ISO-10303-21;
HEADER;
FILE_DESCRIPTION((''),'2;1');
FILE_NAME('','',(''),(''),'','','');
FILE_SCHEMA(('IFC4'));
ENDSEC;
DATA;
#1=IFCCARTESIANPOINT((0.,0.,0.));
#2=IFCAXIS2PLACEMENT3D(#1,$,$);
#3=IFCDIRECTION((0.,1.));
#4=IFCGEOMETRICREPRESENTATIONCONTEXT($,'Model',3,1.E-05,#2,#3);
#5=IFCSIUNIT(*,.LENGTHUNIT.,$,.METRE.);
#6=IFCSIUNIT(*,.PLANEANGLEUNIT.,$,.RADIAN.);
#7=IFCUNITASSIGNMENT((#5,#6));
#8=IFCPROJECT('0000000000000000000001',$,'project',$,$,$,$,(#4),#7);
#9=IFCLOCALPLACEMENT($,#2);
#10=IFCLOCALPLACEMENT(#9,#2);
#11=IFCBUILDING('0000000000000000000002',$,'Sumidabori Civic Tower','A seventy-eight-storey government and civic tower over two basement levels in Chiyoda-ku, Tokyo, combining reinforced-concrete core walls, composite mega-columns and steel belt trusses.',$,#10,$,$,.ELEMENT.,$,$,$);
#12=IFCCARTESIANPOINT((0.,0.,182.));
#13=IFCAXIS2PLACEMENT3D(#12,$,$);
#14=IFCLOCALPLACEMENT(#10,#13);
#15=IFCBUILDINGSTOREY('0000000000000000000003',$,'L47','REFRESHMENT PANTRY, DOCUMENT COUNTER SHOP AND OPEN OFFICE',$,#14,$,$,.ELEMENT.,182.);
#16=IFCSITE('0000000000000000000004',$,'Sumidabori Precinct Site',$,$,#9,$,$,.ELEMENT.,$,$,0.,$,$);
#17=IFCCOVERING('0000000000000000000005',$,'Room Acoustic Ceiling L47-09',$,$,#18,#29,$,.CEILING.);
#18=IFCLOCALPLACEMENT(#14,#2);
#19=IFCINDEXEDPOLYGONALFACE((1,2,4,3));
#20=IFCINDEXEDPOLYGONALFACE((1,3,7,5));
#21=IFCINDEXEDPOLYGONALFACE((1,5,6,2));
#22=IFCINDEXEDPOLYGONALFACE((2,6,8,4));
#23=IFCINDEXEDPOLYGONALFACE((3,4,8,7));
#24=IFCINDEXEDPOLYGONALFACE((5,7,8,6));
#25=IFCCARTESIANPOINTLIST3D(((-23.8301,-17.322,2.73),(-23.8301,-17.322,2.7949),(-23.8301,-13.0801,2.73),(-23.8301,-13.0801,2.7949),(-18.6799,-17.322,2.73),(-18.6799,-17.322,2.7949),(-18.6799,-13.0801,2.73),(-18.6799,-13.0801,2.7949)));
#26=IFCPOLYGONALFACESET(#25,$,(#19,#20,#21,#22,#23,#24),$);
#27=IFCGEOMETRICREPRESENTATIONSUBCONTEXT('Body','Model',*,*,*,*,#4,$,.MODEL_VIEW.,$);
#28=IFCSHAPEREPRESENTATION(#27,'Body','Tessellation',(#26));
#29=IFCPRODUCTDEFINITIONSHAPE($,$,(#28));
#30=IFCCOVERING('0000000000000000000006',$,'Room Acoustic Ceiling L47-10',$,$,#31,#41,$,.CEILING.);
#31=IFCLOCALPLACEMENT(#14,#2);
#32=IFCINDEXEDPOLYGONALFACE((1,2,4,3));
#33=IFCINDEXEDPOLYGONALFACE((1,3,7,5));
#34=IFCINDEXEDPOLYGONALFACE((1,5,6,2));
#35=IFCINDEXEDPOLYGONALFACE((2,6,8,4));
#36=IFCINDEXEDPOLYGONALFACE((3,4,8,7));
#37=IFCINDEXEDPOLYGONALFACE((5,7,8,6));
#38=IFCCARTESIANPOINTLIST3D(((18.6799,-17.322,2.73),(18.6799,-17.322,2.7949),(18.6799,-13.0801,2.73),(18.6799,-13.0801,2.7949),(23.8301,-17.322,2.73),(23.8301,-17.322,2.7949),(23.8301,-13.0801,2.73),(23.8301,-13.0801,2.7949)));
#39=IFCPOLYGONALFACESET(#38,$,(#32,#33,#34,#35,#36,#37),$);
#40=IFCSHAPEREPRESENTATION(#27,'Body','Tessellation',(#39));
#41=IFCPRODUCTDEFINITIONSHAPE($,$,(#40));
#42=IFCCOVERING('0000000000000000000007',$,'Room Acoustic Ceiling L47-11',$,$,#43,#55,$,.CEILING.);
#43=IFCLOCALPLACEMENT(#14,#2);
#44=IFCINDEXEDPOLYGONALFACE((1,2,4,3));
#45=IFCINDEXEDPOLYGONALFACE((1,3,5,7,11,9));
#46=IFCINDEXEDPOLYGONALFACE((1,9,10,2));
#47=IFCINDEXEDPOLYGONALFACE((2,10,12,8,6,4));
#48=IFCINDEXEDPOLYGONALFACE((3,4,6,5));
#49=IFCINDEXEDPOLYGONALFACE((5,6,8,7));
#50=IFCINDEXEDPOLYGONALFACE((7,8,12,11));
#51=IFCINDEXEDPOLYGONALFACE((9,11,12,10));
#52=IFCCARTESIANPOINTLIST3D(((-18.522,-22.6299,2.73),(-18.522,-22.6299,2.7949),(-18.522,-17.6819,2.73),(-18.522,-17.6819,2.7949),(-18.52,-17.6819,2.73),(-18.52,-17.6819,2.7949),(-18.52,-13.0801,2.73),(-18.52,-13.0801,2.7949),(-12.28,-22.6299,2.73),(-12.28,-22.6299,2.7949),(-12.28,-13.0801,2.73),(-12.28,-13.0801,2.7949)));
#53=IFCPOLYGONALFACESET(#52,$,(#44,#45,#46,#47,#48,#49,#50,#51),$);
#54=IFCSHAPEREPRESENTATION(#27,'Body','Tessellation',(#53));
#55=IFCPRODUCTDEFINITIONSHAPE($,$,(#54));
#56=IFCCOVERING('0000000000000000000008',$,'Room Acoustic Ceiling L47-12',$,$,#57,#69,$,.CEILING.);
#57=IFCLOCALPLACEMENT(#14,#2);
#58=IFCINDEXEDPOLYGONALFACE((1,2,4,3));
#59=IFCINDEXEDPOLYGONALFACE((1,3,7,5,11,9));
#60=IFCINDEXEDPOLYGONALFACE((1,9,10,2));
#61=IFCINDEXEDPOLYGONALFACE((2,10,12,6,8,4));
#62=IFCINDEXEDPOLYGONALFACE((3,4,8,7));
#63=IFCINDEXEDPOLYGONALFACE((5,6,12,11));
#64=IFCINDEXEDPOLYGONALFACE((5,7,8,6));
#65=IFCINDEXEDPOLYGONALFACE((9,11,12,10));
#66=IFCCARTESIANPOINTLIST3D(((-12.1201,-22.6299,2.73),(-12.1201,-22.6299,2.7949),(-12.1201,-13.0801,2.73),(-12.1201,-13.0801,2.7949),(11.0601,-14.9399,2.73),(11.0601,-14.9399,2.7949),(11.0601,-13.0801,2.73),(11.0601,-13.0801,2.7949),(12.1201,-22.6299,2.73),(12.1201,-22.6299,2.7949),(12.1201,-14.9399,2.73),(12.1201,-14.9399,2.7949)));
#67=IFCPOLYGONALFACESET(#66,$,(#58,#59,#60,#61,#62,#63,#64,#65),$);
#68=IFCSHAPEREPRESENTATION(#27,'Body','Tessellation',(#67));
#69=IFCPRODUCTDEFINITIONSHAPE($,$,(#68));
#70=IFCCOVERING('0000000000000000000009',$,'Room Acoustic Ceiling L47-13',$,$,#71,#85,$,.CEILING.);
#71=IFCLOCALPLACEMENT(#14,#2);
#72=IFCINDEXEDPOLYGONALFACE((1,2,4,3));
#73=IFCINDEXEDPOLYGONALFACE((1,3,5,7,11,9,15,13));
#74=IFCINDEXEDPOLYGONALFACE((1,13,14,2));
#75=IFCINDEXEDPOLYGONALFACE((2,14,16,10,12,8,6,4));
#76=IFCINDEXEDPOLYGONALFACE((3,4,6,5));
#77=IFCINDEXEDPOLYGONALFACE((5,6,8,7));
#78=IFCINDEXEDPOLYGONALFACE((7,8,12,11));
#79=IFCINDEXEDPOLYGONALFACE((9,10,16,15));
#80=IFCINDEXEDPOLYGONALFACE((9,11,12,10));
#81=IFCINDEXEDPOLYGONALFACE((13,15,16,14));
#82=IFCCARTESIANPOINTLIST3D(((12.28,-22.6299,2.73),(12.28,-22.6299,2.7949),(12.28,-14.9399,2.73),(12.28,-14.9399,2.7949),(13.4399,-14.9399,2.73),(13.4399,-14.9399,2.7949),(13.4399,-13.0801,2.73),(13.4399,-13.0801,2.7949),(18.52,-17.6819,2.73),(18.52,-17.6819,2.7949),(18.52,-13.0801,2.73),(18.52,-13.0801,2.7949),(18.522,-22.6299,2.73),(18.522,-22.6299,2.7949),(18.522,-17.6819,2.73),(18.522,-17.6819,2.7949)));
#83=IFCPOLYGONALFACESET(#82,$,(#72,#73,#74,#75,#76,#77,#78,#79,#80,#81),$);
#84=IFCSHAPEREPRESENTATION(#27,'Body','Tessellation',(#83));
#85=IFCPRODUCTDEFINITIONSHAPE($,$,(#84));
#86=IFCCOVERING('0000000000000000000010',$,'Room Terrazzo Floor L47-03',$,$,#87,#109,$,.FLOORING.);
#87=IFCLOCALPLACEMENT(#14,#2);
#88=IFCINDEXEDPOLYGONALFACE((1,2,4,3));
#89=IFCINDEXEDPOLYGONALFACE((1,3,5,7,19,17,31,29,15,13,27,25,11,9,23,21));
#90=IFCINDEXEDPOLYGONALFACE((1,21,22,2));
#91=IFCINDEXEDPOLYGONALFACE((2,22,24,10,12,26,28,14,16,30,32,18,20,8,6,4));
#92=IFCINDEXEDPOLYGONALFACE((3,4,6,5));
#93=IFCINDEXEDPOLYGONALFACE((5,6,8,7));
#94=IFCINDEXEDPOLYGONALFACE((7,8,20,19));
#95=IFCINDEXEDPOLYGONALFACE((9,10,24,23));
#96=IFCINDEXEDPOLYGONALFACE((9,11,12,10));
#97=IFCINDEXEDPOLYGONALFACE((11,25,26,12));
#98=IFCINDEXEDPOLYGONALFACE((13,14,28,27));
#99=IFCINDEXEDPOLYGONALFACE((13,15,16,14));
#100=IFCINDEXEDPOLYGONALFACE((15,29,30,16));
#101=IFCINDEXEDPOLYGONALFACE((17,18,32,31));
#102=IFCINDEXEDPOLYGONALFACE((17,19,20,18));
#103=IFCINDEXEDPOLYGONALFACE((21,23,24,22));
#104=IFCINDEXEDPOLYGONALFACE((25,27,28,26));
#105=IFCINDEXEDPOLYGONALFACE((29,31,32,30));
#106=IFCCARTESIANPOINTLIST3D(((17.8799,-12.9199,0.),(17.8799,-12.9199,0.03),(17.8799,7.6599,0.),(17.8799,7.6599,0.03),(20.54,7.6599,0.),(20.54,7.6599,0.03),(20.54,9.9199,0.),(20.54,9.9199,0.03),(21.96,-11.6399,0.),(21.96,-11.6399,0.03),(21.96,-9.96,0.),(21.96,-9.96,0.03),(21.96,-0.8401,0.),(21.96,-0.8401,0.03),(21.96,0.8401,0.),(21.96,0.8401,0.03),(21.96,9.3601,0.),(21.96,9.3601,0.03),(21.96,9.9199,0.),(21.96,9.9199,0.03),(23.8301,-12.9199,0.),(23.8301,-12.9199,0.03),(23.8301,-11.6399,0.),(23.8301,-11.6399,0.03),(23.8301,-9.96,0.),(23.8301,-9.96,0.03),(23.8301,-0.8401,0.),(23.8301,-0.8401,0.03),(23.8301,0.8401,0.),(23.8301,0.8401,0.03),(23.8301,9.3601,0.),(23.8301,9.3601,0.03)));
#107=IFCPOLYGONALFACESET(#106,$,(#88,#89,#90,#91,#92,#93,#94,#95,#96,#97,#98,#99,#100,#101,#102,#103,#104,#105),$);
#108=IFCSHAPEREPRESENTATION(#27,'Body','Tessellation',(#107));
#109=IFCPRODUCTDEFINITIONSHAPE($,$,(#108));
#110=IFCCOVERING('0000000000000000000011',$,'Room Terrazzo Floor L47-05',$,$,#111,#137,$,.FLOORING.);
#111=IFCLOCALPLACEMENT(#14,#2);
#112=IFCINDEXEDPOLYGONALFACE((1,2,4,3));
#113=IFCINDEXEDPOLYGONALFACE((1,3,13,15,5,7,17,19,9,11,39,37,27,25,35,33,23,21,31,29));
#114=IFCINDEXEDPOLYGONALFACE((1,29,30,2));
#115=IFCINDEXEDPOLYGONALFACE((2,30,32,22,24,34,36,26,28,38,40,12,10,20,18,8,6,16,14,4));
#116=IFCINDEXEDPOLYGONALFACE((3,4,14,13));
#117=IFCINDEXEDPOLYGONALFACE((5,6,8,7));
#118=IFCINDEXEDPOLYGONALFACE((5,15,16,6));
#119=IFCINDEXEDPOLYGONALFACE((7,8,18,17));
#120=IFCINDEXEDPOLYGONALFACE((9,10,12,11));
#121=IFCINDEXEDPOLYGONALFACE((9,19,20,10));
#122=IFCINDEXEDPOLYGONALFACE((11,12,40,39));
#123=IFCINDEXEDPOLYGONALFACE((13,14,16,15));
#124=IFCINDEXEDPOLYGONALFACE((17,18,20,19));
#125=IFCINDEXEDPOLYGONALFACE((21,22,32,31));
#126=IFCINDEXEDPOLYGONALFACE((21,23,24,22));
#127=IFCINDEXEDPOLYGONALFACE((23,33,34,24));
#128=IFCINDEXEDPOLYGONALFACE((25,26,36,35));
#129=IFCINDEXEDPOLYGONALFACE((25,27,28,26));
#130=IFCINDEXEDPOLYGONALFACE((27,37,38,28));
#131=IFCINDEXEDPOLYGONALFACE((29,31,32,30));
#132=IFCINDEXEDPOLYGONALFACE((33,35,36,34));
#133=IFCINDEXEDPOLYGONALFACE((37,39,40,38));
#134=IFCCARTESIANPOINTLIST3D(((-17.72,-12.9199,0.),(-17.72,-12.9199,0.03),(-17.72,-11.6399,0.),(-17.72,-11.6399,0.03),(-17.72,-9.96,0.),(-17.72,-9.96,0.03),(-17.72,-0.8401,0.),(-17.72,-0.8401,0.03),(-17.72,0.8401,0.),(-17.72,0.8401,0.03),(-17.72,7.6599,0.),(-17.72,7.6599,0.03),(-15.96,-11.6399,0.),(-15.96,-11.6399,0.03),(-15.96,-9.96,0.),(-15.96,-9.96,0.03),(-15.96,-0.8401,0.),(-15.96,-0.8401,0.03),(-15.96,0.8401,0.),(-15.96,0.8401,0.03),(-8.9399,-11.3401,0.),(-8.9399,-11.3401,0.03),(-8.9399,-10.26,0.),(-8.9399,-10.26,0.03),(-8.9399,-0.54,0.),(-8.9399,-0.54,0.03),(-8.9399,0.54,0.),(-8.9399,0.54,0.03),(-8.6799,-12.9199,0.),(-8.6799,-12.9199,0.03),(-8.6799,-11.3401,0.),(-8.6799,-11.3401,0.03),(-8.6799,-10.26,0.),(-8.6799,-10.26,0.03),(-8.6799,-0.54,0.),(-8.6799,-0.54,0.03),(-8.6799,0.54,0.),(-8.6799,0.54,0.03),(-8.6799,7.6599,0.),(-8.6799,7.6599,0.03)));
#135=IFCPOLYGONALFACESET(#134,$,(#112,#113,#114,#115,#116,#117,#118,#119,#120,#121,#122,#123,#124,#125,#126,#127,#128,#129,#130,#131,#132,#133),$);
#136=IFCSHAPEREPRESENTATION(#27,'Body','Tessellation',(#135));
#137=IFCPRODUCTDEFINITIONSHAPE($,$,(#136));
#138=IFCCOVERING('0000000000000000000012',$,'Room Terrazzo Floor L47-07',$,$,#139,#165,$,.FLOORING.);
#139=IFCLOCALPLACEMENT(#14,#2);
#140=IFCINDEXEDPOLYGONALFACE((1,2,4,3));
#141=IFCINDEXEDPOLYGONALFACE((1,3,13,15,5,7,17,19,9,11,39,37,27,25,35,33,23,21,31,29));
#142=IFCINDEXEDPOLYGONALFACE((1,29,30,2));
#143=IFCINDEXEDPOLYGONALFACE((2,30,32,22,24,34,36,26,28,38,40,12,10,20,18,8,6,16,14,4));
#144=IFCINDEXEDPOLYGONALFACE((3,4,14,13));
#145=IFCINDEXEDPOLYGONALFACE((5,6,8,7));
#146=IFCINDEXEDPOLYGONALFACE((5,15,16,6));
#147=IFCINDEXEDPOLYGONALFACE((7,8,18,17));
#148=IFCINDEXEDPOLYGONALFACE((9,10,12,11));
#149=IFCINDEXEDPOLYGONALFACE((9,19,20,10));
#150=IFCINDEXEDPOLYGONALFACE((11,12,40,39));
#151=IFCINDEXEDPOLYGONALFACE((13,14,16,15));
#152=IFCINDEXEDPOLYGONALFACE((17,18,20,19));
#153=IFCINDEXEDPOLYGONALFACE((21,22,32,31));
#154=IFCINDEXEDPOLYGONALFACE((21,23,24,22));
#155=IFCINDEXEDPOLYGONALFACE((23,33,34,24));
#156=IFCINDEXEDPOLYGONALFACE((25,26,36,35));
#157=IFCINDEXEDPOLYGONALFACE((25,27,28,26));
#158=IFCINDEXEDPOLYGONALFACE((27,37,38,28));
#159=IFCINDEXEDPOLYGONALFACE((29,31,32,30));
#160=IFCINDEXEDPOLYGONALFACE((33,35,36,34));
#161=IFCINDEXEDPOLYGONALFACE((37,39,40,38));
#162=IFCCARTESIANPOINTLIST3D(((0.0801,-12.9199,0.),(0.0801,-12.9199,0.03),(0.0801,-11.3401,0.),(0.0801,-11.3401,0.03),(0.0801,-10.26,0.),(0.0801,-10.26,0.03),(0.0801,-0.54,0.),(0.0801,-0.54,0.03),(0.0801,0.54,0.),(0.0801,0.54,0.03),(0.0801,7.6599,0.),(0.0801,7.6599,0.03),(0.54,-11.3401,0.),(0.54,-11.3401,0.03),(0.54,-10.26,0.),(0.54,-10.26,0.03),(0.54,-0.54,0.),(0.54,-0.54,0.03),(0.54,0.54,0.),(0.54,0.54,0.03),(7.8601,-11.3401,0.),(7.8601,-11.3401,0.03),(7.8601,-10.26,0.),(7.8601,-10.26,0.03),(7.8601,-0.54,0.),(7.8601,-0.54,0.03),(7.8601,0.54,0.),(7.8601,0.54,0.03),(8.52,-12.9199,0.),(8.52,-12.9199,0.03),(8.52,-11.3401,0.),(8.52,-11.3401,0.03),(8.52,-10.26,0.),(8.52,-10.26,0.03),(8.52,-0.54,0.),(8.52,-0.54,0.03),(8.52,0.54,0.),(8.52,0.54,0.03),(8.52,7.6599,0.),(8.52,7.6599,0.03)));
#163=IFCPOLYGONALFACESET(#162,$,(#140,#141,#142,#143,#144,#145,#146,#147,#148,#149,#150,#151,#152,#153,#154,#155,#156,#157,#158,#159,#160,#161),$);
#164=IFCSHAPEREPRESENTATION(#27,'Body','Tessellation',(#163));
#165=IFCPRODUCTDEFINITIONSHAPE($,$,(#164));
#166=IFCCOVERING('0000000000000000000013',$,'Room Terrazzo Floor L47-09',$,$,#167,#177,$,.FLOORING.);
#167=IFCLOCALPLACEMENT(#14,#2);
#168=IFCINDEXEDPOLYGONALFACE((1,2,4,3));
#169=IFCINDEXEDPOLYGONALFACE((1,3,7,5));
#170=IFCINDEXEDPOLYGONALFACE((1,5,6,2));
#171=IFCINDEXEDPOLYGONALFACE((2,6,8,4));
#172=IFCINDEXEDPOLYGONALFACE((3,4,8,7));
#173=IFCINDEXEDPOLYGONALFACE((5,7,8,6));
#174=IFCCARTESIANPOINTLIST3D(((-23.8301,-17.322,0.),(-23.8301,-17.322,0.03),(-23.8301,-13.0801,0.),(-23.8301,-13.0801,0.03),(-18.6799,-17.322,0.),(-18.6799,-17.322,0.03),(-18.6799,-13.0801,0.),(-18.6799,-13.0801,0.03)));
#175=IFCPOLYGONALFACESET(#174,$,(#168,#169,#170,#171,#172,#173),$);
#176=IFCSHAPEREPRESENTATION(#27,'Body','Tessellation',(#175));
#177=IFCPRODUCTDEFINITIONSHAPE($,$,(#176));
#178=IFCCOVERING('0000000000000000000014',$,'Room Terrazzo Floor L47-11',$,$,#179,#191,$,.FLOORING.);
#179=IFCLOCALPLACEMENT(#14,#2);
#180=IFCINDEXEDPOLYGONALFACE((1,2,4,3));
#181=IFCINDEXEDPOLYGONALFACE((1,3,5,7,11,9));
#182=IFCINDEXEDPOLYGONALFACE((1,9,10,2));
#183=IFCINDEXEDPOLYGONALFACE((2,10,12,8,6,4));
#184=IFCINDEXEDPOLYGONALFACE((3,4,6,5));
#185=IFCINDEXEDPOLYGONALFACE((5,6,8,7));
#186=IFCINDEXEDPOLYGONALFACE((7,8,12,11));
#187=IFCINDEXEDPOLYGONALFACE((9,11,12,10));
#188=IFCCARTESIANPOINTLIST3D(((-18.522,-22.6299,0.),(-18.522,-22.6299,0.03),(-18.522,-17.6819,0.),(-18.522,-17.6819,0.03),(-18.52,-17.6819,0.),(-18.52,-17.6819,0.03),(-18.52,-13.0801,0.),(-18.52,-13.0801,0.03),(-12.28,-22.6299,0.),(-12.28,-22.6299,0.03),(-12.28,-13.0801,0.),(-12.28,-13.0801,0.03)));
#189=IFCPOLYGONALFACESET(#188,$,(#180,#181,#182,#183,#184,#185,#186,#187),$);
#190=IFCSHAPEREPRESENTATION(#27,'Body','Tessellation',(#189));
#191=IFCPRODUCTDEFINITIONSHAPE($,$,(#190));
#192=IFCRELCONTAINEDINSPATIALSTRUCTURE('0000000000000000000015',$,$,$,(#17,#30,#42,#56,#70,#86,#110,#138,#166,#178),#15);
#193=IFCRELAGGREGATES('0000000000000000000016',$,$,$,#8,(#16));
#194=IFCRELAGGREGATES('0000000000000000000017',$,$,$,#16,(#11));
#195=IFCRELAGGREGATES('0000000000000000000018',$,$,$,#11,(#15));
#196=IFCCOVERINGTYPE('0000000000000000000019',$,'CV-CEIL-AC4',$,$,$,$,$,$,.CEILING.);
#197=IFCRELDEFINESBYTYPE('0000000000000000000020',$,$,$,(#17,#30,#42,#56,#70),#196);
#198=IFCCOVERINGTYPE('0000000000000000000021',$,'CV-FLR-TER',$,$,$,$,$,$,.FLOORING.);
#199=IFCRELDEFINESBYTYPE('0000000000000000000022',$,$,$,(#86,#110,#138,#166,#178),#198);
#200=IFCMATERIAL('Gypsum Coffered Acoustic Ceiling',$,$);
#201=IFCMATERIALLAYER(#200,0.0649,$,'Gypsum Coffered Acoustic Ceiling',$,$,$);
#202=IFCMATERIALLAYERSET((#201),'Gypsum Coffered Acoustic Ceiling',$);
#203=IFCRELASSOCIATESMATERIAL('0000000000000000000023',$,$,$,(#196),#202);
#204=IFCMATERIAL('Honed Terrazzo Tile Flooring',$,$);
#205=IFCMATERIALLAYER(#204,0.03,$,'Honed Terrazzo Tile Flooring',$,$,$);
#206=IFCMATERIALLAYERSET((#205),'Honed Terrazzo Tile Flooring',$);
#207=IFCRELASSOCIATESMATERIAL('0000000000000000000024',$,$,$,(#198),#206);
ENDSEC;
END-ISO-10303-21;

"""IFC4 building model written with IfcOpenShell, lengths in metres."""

from ifc_helpers import new_model, si_unit, direction, frame, origin, place, context, subcontext, project, spatial, polyline, outline, extrude, material, layer, layer_set, type_object, element, save


model = new_model("IFC4")

# Units and contexts
model_context = context("Model", 3, precision=1e-05, world=origin(), true_north=direction((0.0, 1.0)))
body_context = subcontext(model_context, "Body", "Model", "MODEL_VIEW")
ifc_project = project(units=[si_unit("LENGTHUNIT", "METRE"), si_unit("PLANEANGLEUNIT", "RADIAN")], contexts=[model_context])

# Site, building, storey
site_placement = place(None, origin())
site = spatial("IfcSite", under=ifc_project, at=site_placement, Name="Sumidabori Precinct Site", CompositionType="ELEMENT", RefElevation=0.0)
building_placement = place(site_placement, origin())
building = spatial("IfcBuilding", under=site, at=building_placement, Name="Sumidabori Civic Tower", Description="A seventy-eight-storey government and civic tower over two basement levels in Chiyoda-ku, Tokyo, combining reinforced-concrete core walls, composite mega-columns and steel belt trusses.", CompositionType="ELEMENT")
storey_placement = place(building_placement, frame((0.0, 0.0, 182.0)))
storey = spatial("IfcBuildingStorey", under=building, at=storey_placement, Name="L47", Description="REFRESHMENT PANTRY, DOCUMENT COUNTER SHOP AND OPEN OFFICE", CompositionType="ELEMENT", Elevation=182.0)

# Coverings
ifc_material_1 = material(Name="Gypsum Coffered Acoustic Ceiling")
ifc_layer_1 = layer(ifc_material_1, 0.0649, Name="Gypsum Coffered Acoustic Ceiling")
ifc_layer_set_1 = layer_set([ifc_layer_1], Name="Gypsum Coffered Acoustic Ceiling")
covering_type_1 = type_object("IfcCoveringType", Name="CV-CEIL-AC4", PredefinedType="CEILING", material=ifc_layer_set_1)
covering_1_placement = place(storey_placement, frame((0.0, 0.0, 2.73)))
element("IfcCovering", 1, at=covering_1_placement, inside=storey, type_object=covering_type_1, Name="Room Acoustic Ceiling L47-09", PredefinedType="CEILING", context=body_context, shape_type="SweptSolid", body=[
    extrude(outline(polyline([(-23.8301, -17.322), (-23.8301, -13.0801), (-18.6799, -13.0801), (-18.6799, -17.322), (-23.8301, -17.322)])), origin(), (0.0, 0.0, 1.0), 0.0649),
])
covering_2_placement = place(storey_placement, frame((0.0, 0.0, 2.73)))
element("IfcCovering", 2, at=covering_2_placement, inside=storey, type_object=covering_type_1, Name="Room Acoustic Ceiling L47-10", PredefinedType="CEILING", context=body_context, shape_type="SweptSolid", body=[
    extrude(outline(polyline([(23.8301, -13.0801), (23.8301, -17.322), (18.6799, -17.322), (18.6799, -13.0801), (23.8301, -13.0801)])), origin(), (0.0, 0.0, 1.0), 0.0649),
])
covering_3_placement = place(storey_placement, frame((0.0, 0.0, 2.73)))
element("IfcCovering", 3, at=covering_3_placement, inside=storey, type_object=covering_type_1, Name="Room Acoustic Ceiling L47-11", PredefinedType="CEILING", context=body_context, shape_type="SweptSolid", body=[
    extrude(outline(polyline([(-18.52, -17.6819), (-18.52, -13.0801), (-12.28, -13.0801), (-12.28, -22.6299), (-18.522, -22.6299), (-18.522, -17.6819), (-18.52, -17.6819)])), origin(), (0.0, 0.0, 1.0), 0.0649),
])
covering_4_placement = place(storey_placement, frame((0.0, 0.0, 2.73)))
element("IfcCovering", 4, at=covering_4_placement, inside=storey, type_object=covering_type_1, Name="Room Acoustic Ceiling L47-12", PredefinedType="CEILING", context=body_context, shape_type="SweptSolid", body=[
    extrude(outline(polyline([(-12.1201, -22.6299), (-12.1201, -13.0801), (11.0601, -13.0801), (11.0601, -14.9399), (12.1201, -14.9399), (12.1201, -22.6299), (-12.1201, -22.6299)])), origin(), (0.0, 0.0, 1.0), 0.0649),
])
covering_5_placement = place(storey_placement, frame((0.0, 0.0, 2.73)))
element("IfcCovering", 5, at=covering_5_placement, inside=storey, type_object=covering_type_1, Name="Room Acoustic Ceiling L47-13", PredefinedType="CEILING", context=body_context, shape_type="SweptSolid", body=[
    extrude(outline(polyline([(18.52, -17.6819), (18.522, -17.6819), (18.522, -22.6299), (12.28, -22.6299), (12.28, -14.9399), (13.4399, -14.9399), (13.4399, -13.0801), (18.52, -13.0801), (18.52, -17.6819)])), origin(), (0.0, 0.0, 1.0), 0.0649),
])
ifc_material_2 = material(Name="Honed Terrazzo Tile Flooring")
ifc_layer_2 = layer(ifc_material_2, 0.03, Name="Honed Terrazzo Tile Flooring")
ifc_layer_set_2 = layer_set([ifc_layer_2], Name="Honed Terrazzo Tile Flooring")
covering_type_2 = type_object("IfcCoveringType", Name="CV-FLR-TER", PredefinedType="FLOORING", material=ifc_layer_set_2)
covering_6_placement = place(storey_placement, origin())
element("IfcCovering", 6, at=covering_6_placement, inside=storey, type_object=covering_type_2, Name="Room Terrazzo Floor L47-03", PredefinedType="FLOORING", context=body_context, shape_type="SweptSolid", body=[
    extrude(outline(polyline([(23.8301, 0.8401), (21.96, 0.8401), (21.96, -0.8401), (23.8301, -0.8401), (23.8301, -9.96), (21.96, -9.96), (21.96, -11.6399), (23.8301, -11.6399), (23.8301, -12.9199), (17.8799, -12.9199), (17.8799, 7.6599), (20.54, 7.6599), (20.54, 9.9199), (21.96, 9.9199), (21.96, 9.3601), (23.8301, 9.3601), (23.8301, 0.8401)])), origin(), (0.0, 0.0, 1.0), 0.03),
])
covering_7_placement = place(storey_placement, origin())
element("IfcCovering", 7, at=covering_7_placement, inside=storey, type_object=covering_type_2, Name="Room Terrazzo Floor L47-05", PredefinedType="FLOORING", context=body_context, shape_type="SweptSolid", body=[
    extrude(outline(polyline([(-17.72, -11.6399), (-15.96, -11.6399), (-15.96, -9.96), (-17.72, -9.96), (-17.72, -0.8401), (-15.96, -0.8401), (-15.96, 0.8401), (-17.72, 0.8401), (-17.72, 7.6599), (-8.6799, 7.6599), (-8.6799, 0.54), (-8.9399, 0.54), (-8.9399, -0.54), (-8.6799, -0.54), (-8.6799, -10.26), (-8.9399, -10.26), (-8.9399, -11.3401), (-8.6799, -11.3401), (-8.6799, -12.9199), (-17.72, -12.9199), (-17.72, -11.6399)])), origin(), (0.0, 0.0, 1.0), 0.03),
])
covering_8_placement = place(storey_placement, origin())
element("IfcCovering", 8, at=covering_8_placement, inside=storey, type_object=covering_type_2, Name="Room Terrazzo Floor L47-07", PredefinedType="FLOORING", context=body_context, shape_type="SweptSolid", body=[
    extrude(outline(polyline([(0.0801, -12.9199), (0.0801, -11.3401), (0.54, -11.3401), (0.54, -10.26), (0.0801, -10.26), (0.0801, -0.54), (0.54, -0.54), (0.54, 0.54), (0.0801, 0.54), (0.0801, 7.6599), (8.52, 7.6599), (8.52, 0.54), (7.8601, 0.54), (7.8601, -0.54), (8.52, -0.54), (8.52, -10.26), (7.8601, -10.26), (7.8601, -11.3401), (8.52, -11.3401), (8.52, -12.9199), (0.0801, -12.9199)])), origin(), (0.0, 0.0, 1.0), 0.03),
])
covering_9_placement = place(storey_placement, origin())
element("IfcCovering", 9, at=covering_9_placement, inside=storey, type_object=covering_type_2, Name="Room Terrazzo Floor L47-09", PredefinedType="FLOORING", context=body_context, shape_type="SweptSolid", body=[
    extrude(outline(polyline([(-23.8301, -17.322), (-23.8301, -13.0801), (-18.6799, -13.0801), (-18.6799, -17.322), (-23.8301, -17.322)])), origin(), (0.0, 0.0, 1.0), 0.03),
])
covering_10_placement = place(storey_placement, origin())
element("IfcCovering", 10, at=covering_10_placement, inside=storey, type_object=covering_type_2, Name="Room Terrazzo Floor L47-11", PredefinedType="FLOORING", context=body_context, shape_type="SweptSolid", body=[
    extrude(outline(polyline([(-18.52, -17.6819), (-18.52, -13.0801), (-12.28, -13.0801), (-12.28, -22.6299), (-18.522, -22.6299), (-18.522, -17.6819), (-18.52, -17.6819)])), origin(), (0.0, 0.0, 1.0), 0.03),
])

save(model, "model.ifc")
